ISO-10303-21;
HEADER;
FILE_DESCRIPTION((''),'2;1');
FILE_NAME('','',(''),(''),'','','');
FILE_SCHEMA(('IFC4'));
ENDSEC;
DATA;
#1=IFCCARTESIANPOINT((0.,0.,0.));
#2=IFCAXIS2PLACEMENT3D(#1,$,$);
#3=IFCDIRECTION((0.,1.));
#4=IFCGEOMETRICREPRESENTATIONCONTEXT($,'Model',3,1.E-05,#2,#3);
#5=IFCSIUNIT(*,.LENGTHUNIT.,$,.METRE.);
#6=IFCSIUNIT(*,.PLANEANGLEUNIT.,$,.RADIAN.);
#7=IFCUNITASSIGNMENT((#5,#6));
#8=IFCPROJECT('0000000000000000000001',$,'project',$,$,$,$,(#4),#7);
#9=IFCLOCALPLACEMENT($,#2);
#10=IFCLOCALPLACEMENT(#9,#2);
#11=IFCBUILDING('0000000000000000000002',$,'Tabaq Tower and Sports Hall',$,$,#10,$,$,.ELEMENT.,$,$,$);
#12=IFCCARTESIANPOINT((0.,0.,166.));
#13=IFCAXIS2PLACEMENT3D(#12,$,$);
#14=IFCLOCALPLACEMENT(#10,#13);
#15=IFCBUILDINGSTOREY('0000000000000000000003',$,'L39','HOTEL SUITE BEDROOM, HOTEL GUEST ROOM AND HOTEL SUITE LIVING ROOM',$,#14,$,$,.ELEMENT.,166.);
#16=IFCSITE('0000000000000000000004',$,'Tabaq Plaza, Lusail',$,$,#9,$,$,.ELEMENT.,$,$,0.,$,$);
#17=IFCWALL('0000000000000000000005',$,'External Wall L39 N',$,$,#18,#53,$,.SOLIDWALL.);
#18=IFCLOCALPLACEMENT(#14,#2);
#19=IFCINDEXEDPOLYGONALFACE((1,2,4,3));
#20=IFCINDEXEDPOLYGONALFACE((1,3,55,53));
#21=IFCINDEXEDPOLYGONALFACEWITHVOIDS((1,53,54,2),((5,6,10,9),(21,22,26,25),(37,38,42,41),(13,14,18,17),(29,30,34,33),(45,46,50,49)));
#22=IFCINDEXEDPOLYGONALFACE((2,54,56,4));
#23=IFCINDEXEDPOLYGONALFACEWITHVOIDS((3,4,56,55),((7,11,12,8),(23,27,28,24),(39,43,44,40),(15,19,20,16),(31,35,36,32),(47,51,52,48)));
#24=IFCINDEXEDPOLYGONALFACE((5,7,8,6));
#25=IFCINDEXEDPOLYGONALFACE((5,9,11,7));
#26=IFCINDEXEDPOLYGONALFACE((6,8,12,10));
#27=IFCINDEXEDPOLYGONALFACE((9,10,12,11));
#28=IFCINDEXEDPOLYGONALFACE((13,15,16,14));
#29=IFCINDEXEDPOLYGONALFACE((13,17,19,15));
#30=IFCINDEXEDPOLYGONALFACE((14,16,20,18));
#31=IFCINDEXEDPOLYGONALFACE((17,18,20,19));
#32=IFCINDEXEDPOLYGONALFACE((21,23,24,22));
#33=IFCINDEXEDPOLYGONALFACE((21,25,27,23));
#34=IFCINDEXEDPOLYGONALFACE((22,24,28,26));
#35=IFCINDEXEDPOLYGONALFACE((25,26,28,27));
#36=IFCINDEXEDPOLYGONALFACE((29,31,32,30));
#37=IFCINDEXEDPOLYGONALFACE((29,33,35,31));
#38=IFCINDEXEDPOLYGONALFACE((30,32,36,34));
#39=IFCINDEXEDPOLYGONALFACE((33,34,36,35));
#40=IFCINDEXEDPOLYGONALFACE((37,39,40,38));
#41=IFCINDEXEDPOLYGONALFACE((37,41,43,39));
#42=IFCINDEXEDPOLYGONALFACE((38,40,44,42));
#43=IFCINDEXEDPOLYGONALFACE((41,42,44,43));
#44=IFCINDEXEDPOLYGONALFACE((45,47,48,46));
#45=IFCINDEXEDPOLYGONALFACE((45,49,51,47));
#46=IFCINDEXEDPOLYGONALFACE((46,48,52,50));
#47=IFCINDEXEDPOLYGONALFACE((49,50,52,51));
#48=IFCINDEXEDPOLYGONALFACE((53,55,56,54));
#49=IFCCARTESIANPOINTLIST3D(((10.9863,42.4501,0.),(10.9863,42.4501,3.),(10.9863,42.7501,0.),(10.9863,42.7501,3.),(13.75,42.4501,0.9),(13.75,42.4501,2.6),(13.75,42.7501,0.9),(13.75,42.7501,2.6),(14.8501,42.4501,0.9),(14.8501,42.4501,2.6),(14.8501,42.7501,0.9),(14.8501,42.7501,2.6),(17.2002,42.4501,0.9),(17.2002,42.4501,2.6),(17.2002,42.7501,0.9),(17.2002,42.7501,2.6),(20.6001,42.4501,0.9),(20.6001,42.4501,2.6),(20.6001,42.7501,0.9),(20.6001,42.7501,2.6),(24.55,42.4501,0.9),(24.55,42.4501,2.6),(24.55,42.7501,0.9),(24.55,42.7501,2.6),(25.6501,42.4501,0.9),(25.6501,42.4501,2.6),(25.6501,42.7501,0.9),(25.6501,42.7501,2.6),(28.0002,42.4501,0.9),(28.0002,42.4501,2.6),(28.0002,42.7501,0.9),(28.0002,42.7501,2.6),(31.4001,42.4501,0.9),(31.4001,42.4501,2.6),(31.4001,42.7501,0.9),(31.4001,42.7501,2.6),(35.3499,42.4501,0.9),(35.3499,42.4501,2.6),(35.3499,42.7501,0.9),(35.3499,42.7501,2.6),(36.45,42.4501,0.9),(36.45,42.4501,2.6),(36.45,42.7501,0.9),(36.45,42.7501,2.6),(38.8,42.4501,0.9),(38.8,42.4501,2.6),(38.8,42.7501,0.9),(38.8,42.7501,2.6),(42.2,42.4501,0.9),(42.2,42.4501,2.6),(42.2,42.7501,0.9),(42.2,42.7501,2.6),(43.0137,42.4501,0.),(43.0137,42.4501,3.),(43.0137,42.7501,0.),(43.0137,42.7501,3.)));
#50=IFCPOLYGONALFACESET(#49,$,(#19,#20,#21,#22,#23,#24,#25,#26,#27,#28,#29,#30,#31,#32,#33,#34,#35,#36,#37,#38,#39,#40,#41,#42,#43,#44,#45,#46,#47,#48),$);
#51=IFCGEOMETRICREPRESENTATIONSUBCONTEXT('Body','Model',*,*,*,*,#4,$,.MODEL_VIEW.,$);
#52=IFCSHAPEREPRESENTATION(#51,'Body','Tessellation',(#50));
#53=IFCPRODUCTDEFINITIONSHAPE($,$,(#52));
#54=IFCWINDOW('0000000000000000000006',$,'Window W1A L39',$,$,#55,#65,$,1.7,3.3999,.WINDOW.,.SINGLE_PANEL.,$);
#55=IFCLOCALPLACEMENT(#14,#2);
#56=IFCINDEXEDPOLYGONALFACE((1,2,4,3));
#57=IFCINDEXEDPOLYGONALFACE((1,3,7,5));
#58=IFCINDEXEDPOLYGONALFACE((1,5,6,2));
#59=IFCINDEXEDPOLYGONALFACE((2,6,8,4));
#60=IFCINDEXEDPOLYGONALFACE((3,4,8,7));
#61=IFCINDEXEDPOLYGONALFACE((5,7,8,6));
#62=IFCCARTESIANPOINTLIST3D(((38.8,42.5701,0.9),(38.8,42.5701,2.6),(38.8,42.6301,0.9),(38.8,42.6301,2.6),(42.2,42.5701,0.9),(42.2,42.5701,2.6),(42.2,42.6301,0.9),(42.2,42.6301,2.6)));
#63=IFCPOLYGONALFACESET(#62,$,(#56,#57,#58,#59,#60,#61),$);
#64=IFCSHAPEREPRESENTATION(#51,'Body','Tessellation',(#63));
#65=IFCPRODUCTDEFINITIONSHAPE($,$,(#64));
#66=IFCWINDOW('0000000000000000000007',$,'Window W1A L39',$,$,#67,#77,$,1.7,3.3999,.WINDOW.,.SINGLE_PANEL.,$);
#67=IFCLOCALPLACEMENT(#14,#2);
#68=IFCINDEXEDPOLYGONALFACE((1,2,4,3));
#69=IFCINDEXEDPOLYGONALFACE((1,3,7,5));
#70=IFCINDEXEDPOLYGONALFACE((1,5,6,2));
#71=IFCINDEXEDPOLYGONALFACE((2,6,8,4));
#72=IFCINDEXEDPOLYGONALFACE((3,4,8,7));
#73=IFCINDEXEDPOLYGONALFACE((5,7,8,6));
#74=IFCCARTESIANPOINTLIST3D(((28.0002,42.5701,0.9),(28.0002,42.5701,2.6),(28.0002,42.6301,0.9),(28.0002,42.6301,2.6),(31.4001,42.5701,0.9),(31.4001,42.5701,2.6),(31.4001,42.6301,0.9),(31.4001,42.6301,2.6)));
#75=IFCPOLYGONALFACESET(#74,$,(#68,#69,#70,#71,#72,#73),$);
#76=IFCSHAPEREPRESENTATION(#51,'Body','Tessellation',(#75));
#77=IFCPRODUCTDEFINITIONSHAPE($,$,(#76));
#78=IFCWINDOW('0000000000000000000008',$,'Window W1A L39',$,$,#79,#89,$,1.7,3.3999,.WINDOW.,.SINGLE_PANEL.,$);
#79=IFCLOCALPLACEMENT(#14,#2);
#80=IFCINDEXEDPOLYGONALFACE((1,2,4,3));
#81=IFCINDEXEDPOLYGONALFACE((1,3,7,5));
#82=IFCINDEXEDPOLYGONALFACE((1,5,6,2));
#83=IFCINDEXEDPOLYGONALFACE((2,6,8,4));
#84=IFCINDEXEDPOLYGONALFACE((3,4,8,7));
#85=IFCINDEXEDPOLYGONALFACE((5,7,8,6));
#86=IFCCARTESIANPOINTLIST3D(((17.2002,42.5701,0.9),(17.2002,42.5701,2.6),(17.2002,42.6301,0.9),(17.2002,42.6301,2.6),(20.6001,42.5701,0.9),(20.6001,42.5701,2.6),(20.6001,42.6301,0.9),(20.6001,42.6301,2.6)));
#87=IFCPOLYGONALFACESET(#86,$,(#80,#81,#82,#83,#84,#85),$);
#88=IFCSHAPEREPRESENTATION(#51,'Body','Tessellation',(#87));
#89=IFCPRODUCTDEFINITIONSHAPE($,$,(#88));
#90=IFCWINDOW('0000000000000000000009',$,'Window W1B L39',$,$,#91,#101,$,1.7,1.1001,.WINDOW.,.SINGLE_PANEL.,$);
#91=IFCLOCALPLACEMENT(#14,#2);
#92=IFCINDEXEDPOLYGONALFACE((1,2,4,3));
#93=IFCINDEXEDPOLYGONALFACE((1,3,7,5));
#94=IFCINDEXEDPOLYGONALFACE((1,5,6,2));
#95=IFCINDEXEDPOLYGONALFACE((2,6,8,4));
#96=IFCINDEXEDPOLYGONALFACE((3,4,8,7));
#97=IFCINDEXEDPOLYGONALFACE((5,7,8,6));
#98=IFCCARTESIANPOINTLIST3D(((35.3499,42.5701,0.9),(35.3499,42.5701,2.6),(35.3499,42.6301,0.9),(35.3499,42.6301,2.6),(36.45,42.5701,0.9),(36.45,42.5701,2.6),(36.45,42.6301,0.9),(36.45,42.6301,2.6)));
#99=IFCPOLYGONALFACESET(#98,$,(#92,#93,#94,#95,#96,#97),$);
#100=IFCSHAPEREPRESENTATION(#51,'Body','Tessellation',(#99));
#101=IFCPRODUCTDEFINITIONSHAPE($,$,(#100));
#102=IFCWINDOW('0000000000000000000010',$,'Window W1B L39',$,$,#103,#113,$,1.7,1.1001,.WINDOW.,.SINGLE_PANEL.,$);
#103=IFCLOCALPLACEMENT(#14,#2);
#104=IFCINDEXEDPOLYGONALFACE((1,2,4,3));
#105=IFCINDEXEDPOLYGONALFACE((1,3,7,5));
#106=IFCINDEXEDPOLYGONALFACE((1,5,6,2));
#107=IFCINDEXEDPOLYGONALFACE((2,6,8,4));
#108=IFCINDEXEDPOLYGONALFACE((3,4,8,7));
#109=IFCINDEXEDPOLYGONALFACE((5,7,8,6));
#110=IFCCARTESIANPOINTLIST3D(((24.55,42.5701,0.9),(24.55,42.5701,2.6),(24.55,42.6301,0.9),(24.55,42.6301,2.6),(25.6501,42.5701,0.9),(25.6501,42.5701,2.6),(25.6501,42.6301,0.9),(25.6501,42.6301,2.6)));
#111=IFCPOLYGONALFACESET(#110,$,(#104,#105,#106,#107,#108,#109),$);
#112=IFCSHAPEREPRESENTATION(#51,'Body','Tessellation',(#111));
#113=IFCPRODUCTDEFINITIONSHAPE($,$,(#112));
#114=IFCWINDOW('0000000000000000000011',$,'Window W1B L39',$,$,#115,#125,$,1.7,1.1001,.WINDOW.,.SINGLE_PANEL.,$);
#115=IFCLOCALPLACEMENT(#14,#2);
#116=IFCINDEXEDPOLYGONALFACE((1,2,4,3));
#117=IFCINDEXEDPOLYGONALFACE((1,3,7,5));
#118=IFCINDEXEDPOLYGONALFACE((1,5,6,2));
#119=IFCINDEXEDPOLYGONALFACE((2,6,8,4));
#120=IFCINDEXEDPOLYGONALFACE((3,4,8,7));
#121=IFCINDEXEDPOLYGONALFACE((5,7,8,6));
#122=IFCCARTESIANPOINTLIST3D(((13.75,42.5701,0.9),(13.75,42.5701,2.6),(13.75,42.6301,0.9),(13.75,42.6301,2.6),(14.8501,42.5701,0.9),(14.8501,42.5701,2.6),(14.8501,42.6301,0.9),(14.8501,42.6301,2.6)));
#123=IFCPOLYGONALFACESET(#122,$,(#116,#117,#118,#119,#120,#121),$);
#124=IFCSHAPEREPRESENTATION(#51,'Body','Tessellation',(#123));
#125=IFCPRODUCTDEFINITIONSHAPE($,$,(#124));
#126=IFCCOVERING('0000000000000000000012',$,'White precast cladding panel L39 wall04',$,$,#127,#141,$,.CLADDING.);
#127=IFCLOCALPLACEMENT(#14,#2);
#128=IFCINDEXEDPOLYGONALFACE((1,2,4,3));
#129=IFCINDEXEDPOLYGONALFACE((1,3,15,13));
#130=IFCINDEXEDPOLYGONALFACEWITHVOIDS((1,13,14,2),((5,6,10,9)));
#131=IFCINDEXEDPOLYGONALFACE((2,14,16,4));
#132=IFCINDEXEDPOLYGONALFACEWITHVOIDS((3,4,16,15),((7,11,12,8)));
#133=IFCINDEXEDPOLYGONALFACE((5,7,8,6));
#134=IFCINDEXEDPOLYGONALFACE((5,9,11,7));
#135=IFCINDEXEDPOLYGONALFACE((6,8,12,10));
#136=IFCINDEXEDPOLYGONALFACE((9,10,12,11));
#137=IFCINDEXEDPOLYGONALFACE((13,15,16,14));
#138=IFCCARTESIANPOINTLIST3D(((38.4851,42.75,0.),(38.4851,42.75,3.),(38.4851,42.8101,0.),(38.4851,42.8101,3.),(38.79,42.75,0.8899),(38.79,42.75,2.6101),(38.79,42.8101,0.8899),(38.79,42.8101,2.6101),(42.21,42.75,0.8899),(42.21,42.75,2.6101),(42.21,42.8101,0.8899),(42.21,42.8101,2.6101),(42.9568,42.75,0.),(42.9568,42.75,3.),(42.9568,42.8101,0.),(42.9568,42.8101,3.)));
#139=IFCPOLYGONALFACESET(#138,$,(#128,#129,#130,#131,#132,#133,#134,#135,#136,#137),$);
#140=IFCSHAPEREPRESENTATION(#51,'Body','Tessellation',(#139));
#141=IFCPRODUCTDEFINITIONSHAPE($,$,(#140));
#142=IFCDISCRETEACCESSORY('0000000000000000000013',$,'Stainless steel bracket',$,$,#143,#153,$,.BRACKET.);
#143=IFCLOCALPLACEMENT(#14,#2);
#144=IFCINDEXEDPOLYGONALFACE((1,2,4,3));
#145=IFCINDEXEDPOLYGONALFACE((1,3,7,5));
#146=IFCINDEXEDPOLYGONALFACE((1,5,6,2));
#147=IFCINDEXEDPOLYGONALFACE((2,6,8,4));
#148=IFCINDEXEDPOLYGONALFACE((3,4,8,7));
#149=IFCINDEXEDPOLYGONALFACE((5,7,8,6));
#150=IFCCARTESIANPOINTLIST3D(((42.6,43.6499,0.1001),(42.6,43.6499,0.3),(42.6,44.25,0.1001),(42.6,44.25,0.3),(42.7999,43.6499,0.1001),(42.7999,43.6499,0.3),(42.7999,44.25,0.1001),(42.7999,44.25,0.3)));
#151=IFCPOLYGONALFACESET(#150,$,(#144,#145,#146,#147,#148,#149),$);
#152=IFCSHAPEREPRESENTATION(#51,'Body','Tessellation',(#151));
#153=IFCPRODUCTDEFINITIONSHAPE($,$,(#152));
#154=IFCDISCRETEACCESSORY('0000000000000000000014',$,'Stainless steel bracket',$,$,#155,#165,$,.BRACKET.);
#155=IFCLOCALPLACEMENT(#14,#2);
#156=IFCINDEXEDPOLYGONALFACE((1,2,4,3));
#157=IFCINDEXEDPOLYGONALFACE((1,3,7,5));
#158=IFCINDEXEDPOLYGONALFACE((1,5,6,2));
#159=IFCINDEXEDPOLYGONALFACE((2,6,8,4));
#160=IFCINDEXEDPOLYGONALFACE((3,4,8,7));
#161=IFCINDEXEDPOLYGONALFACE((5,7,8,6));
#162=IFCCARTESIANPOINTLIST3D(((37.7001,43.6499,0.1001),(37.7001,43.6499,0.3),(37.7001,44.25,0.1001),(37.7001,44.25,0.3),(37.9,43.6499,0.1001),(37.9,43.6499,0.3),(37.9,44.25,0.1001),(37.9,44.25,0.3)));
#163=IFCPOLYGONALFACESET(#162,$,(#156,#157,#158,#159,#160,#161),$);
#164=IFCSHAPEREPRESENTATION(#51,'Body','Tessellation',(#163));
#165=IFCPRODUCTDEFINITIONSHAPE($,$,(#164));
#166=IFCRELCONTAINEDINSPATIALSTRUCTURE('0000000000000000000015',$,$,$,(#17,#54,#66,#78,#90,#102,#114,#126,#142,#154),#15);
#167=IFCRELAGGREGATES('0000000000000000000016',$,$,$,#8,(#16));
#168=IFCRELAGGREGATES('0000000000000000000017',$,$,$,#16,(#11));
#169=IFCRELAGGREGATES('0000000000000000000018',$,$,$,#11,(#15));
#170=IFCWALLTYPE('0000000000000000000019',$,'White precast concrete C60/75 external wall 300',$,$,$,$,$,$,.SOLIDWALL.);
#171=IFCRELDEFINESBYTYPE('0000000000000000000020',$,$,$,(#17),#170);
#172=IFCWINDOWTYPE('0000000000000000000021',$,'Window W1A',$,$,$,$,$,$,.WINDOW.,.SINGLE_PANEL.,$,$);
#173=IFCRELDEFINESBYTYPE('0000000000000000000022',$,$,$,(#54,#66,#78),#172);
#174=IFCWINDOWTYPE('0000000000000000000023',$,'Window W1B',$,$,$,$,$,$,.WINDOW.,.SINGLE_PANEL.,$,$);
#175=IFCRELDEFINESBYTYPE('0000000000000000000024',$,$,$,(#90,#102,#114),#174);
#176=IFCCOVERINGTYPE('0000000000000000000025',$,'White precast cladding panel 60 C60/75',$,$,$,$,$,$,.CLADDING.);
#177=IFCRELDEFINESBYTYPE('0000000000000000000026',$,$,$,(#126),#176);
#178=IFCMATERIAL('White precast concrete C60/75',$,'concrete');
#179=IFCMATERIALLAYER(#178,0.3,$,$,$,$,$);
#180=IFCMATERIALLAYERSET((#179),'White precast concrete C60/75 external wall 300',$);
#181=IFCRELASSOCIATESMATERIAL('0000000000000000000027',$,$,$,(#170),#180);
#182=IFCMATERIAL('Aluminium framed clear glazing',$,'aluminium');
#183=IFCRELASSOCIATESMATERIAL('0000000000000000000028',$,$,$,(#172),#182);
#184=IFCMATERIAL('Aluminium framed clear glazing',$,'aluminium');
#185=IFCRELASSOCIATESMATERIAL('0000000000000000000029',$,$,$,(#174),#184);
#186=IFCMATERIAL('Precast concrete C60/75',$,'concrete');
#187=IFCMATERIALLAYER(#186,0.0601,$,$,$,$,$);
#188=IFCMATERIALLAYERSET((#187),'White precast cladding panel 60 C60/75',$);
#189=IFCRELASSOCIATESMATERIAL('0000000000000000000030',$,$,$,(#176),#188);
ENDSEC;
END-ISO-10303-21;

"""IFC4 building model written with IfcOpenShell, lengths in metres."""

from ifc_helpers import new_model, si_unit, direction, frame, frame_2d, origin, origin_2d, place, context, subcontext, project, spatial, polyline, rectangle, outline, extrude, material, layer, layer_set, type_object, element, fill, save


model = new_model("IFC4")

# Units and contexts
model_context = context("Model", 3, precision=1e-05, world=origin(), true_north=direction((0.0, 1.0)))
body_context = subcontext(model_context, "Body", "Model", "MODEL_VIEW")
ifc_project = project(units=[si_unit("LENGTHUNIT", "METRE"), si_unit("PLANEANGLEUNIT", "RADIAN")], contexts=[model_context])

# Site, building, storey
site_placement = place(None, origin())
site = spatial("IfcSite", under=ifc_project, at=site_placement, Name="Tabaq Plaza, Lusail", CompositionType="ELEMENT", RefElevation=0.0)
building_placement = place(site_placement, origin())
building = spatial("IfcBuilding", under=site, at=building_placement, Name="Tabaq Tower and Sports Hall", CompositionType="ELEMENT")
storey_placement = place(building_placement, frame((0.0, 0.0, 166.0)))
storey = spatial("IfcBuildingStorey", under=building, at=storey_placement, Name="L39", Description="HOTEL SUITE BEDROOM, HOTEL GUEST ROOM AND HOTEL SUITE LIVING ROOM", CompositionType="ELEMENT", Elevation=166.0)

# Wall, openings, windows
ifc_material_1 = material(Name="White precast concrete C60/75", Category="concrete")
ifc_layer_1 = layer(ifc_material_1, 0.3)
ifc_layer_set_1 = layer_set([ifc_layer_1], Name="White precast concrete C60/75 external wall 300")
wall_type_1 = type_object("IfcWallType", Name="White precast concrete C60/75 external wall 300", PredefinedType="SOLIDWALL", material=ifc_layer_set_1)
wall_1_placement = place(storey_placement, frame((43.0137, 42.6001, 0.0), z_axis=(0.0, 0.0, 1.0), x_axis=(-1.0, 0.0, 0.0)))
wall_1 = element("IfcWall", 1, at=wall_1_placement, inside=storey, type_object=wall_type_1, Name="External Wall L39 N", PredefinedType="SOLIDWALL", context=body_context, shape_type="SweptSolid", body=[
    extrude(rectangle(XDim=32.0273, YDim=0.3, at=frame_2d((16.0137, 0.0))), origin(), (0.0, 0.0, 1.0), 3.0),
])
opening_1_placement = place(wall_1_placement, frame((0.8137, 0.0, 0.8999)))
opening_1 = element("IfcOpeningElement", 2, at=opening_1_placement, cuts=wall_1, PredefinedType="OPENING", context=body_context, shape_type="SweptSolid", body=[
    extrude(rectangle(XDim=3.3999, YDim=1.7, at=frame_2d((1.7, 0.8501))), frame((0.0, 0.1602, 0.0), z_axis=(0.0, -1.0, 0.0), x_axis=(1.0, 0.0, 0.0)), (0.0, 0.0, 1.0), 0.3201),
])
opening_2_placement = place(wall_1_placement, frame((6.5637, 0.0, 0.8999)))
opening_2 = element("IfcOpeningElement", 3, at=opening_2_placement, cuts=wall_1, PredefinedType="OPENING", context=body_context, shape_type="SweptSolid", body=[
    extrude(rectangle(XDim=1.1001, YDim=1.7, at=frame_2d((0.55, 0.8501))), frame((0.0, 0.1602, 0.0), z_axis=(0.0, -1.0, 0.0), x_axis=(1.0, 0.0, 0.0)), (0.0, 0.0, 1.0), 0.3201),
])
opening_3_placement = place(wall_1_placement, frame((11.6135, 0.0, 0.8999)))
opening_3 = element("IfcOpeningElement", 4, at=opening_3_placement, cuts=wall_1, PredefinedType="OPENING", context=body_context, shape_type="SweptSolid", body=[
    extrude(rectangle(XDim=3.3999, YDim=1.7, at=frame_2d((1.7, 0.8501))), frame((0.0, 0.1602, 0.0), z_axis=(0.0, -1.0, 0.0), x_axis=(1.0, 0.0, 0.0)), (0.0, 0.0, 1.0), 0.3201),
])
opening_4_placement = place(wall_1_placement, frame((17.3635, 0.0, 0.8999)))
opening_4 = element("IfcOpeningElement", 5, at=opening_4_placement, cuts=wall_1, PredefinedType="OPENING", context=body_context, shape_type="SweptSolid", body=[
    extrude(rectangle(XDim=1.1001, YDim=1.7, at=frame_2d((0.55, 0.8501))), frame((0.0, 0.1602, 0.0), z_axis=(0.0, -1.0, 0.0), x_axis=(1.0, 0.0, 0.0)), (0.0, 0.0, 1.0), 0.3201),
])
opening_5_placement = place(wall_1_placement, frame((22.4136, 0.0, 0.8999)))
opening_5 = element("IfcOpeningElement", 6, at=opening_5_placement, cuts=wall_1, PredefinedType="OPENING", context=body_context, shape_type="SweptSolid", body=[
    extrude(rectangle(XDim=3.3999, YDim=1.7, at=frame_2d((1.7, 0.8501))), frame((0.0, 0.1602, 0.0), z_axis=(0.0, -1.0, 0.0), x_axis=(1.0, 0.0, 0.0)), (0.0, 0.0, 1.0), 0.3201),
])
opening_6_placement = place(wall_1_placement, frame((28.1636, 0.0, 0.8999)))
opening_6 = element("IfcOpeningElement", 7, at=opening_6_placement, cuts=wall_1, PredefinedType="OPENING", context=body_context, shape_type="SweptSolid", body=[
    extrude(rectangle(XDim=1.1001, YDim=1.7, at=frame_2d((0.55, 0.8501))), frame((0.0, 0.1602, 0.0), z_axis=(0.0, -1.0, 0.0), x_axis=(1.0, 0.0, 0.0)), (0.0, 0.0, 1.0), 0.3201),
])
ifc_material_2 = material(Name="Aluminium framed clear glazing", Category="aluminium")
window_type_1 = type_object("IfcWindowType", Name="Window W1A", PartitioningType="SINGLE_PANEL", PredefinedType="WINDOW", material=ifc_material_2)
window_1_placement = place(opening_1_placement, origin())
window_1 = element("IfcWindow", 8, at=window_1_placement, inside=storey, type_object=window_type_1, Name="Window W1A L39", OverallHeight=1.7, OverallWidth=3.3999, PartitioningType="SINGLE_PANEL", PredefinedType="WINDOW", context=body_context, shape_type="SweptSolid", body=[
    extrude(rectangle(XDim=3.3999, YDim=1.7, at=frame_2d((1.7, 0.8501))), frame((0.0, 0.03, 0.0), z_axis=(0.0, -1.0, 0.0), x_axis=(1.0, 0.0, 0.0)), (0.0, 0.0, 1.0), 0.0601),
])
fill(opening_1, window_1)
window_2_placement = place(opening_3_placement, origin())
window_2 = element("IfcWindow", 9, at=window_2_placement, inside=storey, type_object=window_type_1, Name="Window W1A L39", OverallHeight=1.7, OverallWidth=3.3999, PartitioningType="SINGLE_PANEL", PredefinedType="WINDOW", context=body_context, shape_type="SweptSolid", body=[
    extrude(rectangle(XDim=3.3999, YDim=1.7, at=frame_2d((1.7, 0.8501))), frame((0.0, 0.03, 0.0), z_axis=(0.0, -1.0, 0.0), x_axis=(1.0, 0.0, 0.0)), (0.0, 0.0, 1.0), 0.0601),
])
fill(opening_3, window_2)
window_3_placement = place(opening_5_placement, origin())
window_3 = element("IfcWindow", 10, at=window_3_placement, inside=storey, type_object=window_type_1, Name="Window W1A L39", OverallHeight=1.7, OverallWidth=3.3999, PartitioningType="SINGLE_PANEL", PredefinedType="WINDOW", context=body_context, shape_type="SweptSolid", body=[
    extrude(rectangle(XDim=3.3999, YDim=1.7, at=frame_2d((1.7, 0.8501))), frame((0.0, 0.03, 0.0), z_axis=(0.0, -1.0, 0.0), x_axis=(1.0, 0.0, 0.0)), (0.0, 0.0, 1.0), 0.0601),
])
fill(opening_5, window_3)
ifc_material_3 = material(Name="Aluminium framed clear glazing", Category="aluminium")
window_type_2 = type_object("IfcWindowType", Name="Window W1B", PartitioningType="SINGLE_PANEL", PredefinedType="WINDOW", material=ifc_material_3)
window_4_placement = place(opening_2_placement, origin())
window_4 = element("IfcWindow", 11, at=window_4_placement, inside=storey, type_object=window_type_2, Name="Window W1B L39", OverallHeight=1.7, OverallWidth=1.1001, PartitioningType="SINGLE_PANEL", PredefinedType="WINDOW", context=body_context, shape_type="SweptSolid", body=[
    extrude(rectangle(XDim=1.1001, YDim=1.7, at=frame_2d((0.55, 0.8501))), frame((0.0, 0.03, 0.0), z_axis=(0.0, -1.0, 0.0), x_axis=(1.0, 0.0, 0.0)), (0.0, 0.0, 1.0), 0.0601),
])
fill(opening_2, window_4)
window_5_placement = place(opening_4_placement, origin())
window_5 = element("IfcWindow", 12, at=window_5_placement, inside=storey, type_object=window_type_2, Name="Window W1B L39", OverallHeight=1.7, OverallWidth=1.1001, PartitioningType="SINGLE_PANEL", PredefinedType="WINDOW", context=body_context, shape_type="SweptSolid", body=[
    extrude(rectangle(XDim=1.1001, YDim=1.7, at=frame_2d((0.55, 0.8501))), frame((0.0, 0.03, 0.0), z_axis=(0.0, -1.0, 0.0), x_axis=(1.0, 0.0, 0.0)), (0.0, 0.0, 1.0), 0.0601),
])
fill(opening_4, window_5)
window_6_placement = place(opening_6_placement, origin())
window_6 = element("IfcWindow", 13, at=window_6_placement, inside=storey, type_object=window_type_2, Name="Window W1B L39", OverallHeight=1.7, OverallWidth=1.1001, PartitioningType="SINGLE_PANEL", PredefinedType="WINDOW", context=body_context, shape_type="SweptSolid", body=[
    extrude(rectangle(XDim=1.1001, YDim=1.7, at=frame_2d((0.55, 0.8501))), frame((0.0, 0.03, 0.0), z_axis=(0.0, -1.0, 0.0), x_axis=(1.0, 0.0, 0.0)), (0.0, 0.0, 1.0), 0.0601),
])
fill(opening_6, window_6)

# Covering
ifc_material_4 = material(Name="Precast concrete C60/75", Category="concrete")
ifc_layer_2 = layer(ifc_material_4, 0.0601)
ifc_layer_set_2 = layer_set([ifc_layer_2], Name="White precast cladding panel 60 C60/75")
covering_type = type_object("IfcCoveringType", Name="White precast cladding panel 60 C60/75", PredefinedType="CLADDING", material=ifc_layer_set_2)
covering_placement = place(storey_placement, frame((42.9568, 42.78, 0.0), z_axis=(0.0, 0.0, 1.0), x_axis=(-1.0, 0.0, 0.0)))
element("IfcCovering", 14, at=covering_placement, inside=storey, type_object=covering_type, Name="White precast cladding panel L39 wall04", PredefinedType="CLADDING", context=body_context, shape_type="SweptSolid", body=[
    extrude(outline(polyline([(0.0, 0.0), (4.4717, 0.0), (4.4717, 3.0), (0.0, 3.0), (0.0, 0.0)]), holes=[polyline([(0.7468, 0.8899), (0.7468, 2.6101), (4.1667, 2.6101), (4.1667, 0.8899), (0.7468, 0.8899)])]), frame((0.0, 0.03, 0.0), z_axis=(0.0, -1.0, 0.0), x_axis=(1.0, 0.0, 0.0)), (0.0, 0.0, 1.0), 0.0601),
])

# Discrete accessories
for number, where, z_axis, x_axis, name in (
    (15, (42.7, 43.95, 0.1001), (0.0, 0.0, 1.0), (0.0, 1.0, 0.0), "Stainless steel bracket"),
    (16, (37.8, 43.95, 0.1001), (0.0, 0.0, 1.0), (0.0, 1.0, 0.0), "Stainless steel bracket"),
):
    element("IfcDiscreteAccessory", number, at=place(storey_placement, frame(where, z_axis=z_axis, x_axis=x_axis)), inside=storey, Name=name, PredefinedType="BRACKET", context=body_context, shape_type="SweptSolid", body=[
        extrude(rectangle(XDim=0.6001, YDim=0.2, at=origin_2d()), origin(), (0.0, 0.0, 1.0), 0.2),
    ])

save(model, "model.ifc")
